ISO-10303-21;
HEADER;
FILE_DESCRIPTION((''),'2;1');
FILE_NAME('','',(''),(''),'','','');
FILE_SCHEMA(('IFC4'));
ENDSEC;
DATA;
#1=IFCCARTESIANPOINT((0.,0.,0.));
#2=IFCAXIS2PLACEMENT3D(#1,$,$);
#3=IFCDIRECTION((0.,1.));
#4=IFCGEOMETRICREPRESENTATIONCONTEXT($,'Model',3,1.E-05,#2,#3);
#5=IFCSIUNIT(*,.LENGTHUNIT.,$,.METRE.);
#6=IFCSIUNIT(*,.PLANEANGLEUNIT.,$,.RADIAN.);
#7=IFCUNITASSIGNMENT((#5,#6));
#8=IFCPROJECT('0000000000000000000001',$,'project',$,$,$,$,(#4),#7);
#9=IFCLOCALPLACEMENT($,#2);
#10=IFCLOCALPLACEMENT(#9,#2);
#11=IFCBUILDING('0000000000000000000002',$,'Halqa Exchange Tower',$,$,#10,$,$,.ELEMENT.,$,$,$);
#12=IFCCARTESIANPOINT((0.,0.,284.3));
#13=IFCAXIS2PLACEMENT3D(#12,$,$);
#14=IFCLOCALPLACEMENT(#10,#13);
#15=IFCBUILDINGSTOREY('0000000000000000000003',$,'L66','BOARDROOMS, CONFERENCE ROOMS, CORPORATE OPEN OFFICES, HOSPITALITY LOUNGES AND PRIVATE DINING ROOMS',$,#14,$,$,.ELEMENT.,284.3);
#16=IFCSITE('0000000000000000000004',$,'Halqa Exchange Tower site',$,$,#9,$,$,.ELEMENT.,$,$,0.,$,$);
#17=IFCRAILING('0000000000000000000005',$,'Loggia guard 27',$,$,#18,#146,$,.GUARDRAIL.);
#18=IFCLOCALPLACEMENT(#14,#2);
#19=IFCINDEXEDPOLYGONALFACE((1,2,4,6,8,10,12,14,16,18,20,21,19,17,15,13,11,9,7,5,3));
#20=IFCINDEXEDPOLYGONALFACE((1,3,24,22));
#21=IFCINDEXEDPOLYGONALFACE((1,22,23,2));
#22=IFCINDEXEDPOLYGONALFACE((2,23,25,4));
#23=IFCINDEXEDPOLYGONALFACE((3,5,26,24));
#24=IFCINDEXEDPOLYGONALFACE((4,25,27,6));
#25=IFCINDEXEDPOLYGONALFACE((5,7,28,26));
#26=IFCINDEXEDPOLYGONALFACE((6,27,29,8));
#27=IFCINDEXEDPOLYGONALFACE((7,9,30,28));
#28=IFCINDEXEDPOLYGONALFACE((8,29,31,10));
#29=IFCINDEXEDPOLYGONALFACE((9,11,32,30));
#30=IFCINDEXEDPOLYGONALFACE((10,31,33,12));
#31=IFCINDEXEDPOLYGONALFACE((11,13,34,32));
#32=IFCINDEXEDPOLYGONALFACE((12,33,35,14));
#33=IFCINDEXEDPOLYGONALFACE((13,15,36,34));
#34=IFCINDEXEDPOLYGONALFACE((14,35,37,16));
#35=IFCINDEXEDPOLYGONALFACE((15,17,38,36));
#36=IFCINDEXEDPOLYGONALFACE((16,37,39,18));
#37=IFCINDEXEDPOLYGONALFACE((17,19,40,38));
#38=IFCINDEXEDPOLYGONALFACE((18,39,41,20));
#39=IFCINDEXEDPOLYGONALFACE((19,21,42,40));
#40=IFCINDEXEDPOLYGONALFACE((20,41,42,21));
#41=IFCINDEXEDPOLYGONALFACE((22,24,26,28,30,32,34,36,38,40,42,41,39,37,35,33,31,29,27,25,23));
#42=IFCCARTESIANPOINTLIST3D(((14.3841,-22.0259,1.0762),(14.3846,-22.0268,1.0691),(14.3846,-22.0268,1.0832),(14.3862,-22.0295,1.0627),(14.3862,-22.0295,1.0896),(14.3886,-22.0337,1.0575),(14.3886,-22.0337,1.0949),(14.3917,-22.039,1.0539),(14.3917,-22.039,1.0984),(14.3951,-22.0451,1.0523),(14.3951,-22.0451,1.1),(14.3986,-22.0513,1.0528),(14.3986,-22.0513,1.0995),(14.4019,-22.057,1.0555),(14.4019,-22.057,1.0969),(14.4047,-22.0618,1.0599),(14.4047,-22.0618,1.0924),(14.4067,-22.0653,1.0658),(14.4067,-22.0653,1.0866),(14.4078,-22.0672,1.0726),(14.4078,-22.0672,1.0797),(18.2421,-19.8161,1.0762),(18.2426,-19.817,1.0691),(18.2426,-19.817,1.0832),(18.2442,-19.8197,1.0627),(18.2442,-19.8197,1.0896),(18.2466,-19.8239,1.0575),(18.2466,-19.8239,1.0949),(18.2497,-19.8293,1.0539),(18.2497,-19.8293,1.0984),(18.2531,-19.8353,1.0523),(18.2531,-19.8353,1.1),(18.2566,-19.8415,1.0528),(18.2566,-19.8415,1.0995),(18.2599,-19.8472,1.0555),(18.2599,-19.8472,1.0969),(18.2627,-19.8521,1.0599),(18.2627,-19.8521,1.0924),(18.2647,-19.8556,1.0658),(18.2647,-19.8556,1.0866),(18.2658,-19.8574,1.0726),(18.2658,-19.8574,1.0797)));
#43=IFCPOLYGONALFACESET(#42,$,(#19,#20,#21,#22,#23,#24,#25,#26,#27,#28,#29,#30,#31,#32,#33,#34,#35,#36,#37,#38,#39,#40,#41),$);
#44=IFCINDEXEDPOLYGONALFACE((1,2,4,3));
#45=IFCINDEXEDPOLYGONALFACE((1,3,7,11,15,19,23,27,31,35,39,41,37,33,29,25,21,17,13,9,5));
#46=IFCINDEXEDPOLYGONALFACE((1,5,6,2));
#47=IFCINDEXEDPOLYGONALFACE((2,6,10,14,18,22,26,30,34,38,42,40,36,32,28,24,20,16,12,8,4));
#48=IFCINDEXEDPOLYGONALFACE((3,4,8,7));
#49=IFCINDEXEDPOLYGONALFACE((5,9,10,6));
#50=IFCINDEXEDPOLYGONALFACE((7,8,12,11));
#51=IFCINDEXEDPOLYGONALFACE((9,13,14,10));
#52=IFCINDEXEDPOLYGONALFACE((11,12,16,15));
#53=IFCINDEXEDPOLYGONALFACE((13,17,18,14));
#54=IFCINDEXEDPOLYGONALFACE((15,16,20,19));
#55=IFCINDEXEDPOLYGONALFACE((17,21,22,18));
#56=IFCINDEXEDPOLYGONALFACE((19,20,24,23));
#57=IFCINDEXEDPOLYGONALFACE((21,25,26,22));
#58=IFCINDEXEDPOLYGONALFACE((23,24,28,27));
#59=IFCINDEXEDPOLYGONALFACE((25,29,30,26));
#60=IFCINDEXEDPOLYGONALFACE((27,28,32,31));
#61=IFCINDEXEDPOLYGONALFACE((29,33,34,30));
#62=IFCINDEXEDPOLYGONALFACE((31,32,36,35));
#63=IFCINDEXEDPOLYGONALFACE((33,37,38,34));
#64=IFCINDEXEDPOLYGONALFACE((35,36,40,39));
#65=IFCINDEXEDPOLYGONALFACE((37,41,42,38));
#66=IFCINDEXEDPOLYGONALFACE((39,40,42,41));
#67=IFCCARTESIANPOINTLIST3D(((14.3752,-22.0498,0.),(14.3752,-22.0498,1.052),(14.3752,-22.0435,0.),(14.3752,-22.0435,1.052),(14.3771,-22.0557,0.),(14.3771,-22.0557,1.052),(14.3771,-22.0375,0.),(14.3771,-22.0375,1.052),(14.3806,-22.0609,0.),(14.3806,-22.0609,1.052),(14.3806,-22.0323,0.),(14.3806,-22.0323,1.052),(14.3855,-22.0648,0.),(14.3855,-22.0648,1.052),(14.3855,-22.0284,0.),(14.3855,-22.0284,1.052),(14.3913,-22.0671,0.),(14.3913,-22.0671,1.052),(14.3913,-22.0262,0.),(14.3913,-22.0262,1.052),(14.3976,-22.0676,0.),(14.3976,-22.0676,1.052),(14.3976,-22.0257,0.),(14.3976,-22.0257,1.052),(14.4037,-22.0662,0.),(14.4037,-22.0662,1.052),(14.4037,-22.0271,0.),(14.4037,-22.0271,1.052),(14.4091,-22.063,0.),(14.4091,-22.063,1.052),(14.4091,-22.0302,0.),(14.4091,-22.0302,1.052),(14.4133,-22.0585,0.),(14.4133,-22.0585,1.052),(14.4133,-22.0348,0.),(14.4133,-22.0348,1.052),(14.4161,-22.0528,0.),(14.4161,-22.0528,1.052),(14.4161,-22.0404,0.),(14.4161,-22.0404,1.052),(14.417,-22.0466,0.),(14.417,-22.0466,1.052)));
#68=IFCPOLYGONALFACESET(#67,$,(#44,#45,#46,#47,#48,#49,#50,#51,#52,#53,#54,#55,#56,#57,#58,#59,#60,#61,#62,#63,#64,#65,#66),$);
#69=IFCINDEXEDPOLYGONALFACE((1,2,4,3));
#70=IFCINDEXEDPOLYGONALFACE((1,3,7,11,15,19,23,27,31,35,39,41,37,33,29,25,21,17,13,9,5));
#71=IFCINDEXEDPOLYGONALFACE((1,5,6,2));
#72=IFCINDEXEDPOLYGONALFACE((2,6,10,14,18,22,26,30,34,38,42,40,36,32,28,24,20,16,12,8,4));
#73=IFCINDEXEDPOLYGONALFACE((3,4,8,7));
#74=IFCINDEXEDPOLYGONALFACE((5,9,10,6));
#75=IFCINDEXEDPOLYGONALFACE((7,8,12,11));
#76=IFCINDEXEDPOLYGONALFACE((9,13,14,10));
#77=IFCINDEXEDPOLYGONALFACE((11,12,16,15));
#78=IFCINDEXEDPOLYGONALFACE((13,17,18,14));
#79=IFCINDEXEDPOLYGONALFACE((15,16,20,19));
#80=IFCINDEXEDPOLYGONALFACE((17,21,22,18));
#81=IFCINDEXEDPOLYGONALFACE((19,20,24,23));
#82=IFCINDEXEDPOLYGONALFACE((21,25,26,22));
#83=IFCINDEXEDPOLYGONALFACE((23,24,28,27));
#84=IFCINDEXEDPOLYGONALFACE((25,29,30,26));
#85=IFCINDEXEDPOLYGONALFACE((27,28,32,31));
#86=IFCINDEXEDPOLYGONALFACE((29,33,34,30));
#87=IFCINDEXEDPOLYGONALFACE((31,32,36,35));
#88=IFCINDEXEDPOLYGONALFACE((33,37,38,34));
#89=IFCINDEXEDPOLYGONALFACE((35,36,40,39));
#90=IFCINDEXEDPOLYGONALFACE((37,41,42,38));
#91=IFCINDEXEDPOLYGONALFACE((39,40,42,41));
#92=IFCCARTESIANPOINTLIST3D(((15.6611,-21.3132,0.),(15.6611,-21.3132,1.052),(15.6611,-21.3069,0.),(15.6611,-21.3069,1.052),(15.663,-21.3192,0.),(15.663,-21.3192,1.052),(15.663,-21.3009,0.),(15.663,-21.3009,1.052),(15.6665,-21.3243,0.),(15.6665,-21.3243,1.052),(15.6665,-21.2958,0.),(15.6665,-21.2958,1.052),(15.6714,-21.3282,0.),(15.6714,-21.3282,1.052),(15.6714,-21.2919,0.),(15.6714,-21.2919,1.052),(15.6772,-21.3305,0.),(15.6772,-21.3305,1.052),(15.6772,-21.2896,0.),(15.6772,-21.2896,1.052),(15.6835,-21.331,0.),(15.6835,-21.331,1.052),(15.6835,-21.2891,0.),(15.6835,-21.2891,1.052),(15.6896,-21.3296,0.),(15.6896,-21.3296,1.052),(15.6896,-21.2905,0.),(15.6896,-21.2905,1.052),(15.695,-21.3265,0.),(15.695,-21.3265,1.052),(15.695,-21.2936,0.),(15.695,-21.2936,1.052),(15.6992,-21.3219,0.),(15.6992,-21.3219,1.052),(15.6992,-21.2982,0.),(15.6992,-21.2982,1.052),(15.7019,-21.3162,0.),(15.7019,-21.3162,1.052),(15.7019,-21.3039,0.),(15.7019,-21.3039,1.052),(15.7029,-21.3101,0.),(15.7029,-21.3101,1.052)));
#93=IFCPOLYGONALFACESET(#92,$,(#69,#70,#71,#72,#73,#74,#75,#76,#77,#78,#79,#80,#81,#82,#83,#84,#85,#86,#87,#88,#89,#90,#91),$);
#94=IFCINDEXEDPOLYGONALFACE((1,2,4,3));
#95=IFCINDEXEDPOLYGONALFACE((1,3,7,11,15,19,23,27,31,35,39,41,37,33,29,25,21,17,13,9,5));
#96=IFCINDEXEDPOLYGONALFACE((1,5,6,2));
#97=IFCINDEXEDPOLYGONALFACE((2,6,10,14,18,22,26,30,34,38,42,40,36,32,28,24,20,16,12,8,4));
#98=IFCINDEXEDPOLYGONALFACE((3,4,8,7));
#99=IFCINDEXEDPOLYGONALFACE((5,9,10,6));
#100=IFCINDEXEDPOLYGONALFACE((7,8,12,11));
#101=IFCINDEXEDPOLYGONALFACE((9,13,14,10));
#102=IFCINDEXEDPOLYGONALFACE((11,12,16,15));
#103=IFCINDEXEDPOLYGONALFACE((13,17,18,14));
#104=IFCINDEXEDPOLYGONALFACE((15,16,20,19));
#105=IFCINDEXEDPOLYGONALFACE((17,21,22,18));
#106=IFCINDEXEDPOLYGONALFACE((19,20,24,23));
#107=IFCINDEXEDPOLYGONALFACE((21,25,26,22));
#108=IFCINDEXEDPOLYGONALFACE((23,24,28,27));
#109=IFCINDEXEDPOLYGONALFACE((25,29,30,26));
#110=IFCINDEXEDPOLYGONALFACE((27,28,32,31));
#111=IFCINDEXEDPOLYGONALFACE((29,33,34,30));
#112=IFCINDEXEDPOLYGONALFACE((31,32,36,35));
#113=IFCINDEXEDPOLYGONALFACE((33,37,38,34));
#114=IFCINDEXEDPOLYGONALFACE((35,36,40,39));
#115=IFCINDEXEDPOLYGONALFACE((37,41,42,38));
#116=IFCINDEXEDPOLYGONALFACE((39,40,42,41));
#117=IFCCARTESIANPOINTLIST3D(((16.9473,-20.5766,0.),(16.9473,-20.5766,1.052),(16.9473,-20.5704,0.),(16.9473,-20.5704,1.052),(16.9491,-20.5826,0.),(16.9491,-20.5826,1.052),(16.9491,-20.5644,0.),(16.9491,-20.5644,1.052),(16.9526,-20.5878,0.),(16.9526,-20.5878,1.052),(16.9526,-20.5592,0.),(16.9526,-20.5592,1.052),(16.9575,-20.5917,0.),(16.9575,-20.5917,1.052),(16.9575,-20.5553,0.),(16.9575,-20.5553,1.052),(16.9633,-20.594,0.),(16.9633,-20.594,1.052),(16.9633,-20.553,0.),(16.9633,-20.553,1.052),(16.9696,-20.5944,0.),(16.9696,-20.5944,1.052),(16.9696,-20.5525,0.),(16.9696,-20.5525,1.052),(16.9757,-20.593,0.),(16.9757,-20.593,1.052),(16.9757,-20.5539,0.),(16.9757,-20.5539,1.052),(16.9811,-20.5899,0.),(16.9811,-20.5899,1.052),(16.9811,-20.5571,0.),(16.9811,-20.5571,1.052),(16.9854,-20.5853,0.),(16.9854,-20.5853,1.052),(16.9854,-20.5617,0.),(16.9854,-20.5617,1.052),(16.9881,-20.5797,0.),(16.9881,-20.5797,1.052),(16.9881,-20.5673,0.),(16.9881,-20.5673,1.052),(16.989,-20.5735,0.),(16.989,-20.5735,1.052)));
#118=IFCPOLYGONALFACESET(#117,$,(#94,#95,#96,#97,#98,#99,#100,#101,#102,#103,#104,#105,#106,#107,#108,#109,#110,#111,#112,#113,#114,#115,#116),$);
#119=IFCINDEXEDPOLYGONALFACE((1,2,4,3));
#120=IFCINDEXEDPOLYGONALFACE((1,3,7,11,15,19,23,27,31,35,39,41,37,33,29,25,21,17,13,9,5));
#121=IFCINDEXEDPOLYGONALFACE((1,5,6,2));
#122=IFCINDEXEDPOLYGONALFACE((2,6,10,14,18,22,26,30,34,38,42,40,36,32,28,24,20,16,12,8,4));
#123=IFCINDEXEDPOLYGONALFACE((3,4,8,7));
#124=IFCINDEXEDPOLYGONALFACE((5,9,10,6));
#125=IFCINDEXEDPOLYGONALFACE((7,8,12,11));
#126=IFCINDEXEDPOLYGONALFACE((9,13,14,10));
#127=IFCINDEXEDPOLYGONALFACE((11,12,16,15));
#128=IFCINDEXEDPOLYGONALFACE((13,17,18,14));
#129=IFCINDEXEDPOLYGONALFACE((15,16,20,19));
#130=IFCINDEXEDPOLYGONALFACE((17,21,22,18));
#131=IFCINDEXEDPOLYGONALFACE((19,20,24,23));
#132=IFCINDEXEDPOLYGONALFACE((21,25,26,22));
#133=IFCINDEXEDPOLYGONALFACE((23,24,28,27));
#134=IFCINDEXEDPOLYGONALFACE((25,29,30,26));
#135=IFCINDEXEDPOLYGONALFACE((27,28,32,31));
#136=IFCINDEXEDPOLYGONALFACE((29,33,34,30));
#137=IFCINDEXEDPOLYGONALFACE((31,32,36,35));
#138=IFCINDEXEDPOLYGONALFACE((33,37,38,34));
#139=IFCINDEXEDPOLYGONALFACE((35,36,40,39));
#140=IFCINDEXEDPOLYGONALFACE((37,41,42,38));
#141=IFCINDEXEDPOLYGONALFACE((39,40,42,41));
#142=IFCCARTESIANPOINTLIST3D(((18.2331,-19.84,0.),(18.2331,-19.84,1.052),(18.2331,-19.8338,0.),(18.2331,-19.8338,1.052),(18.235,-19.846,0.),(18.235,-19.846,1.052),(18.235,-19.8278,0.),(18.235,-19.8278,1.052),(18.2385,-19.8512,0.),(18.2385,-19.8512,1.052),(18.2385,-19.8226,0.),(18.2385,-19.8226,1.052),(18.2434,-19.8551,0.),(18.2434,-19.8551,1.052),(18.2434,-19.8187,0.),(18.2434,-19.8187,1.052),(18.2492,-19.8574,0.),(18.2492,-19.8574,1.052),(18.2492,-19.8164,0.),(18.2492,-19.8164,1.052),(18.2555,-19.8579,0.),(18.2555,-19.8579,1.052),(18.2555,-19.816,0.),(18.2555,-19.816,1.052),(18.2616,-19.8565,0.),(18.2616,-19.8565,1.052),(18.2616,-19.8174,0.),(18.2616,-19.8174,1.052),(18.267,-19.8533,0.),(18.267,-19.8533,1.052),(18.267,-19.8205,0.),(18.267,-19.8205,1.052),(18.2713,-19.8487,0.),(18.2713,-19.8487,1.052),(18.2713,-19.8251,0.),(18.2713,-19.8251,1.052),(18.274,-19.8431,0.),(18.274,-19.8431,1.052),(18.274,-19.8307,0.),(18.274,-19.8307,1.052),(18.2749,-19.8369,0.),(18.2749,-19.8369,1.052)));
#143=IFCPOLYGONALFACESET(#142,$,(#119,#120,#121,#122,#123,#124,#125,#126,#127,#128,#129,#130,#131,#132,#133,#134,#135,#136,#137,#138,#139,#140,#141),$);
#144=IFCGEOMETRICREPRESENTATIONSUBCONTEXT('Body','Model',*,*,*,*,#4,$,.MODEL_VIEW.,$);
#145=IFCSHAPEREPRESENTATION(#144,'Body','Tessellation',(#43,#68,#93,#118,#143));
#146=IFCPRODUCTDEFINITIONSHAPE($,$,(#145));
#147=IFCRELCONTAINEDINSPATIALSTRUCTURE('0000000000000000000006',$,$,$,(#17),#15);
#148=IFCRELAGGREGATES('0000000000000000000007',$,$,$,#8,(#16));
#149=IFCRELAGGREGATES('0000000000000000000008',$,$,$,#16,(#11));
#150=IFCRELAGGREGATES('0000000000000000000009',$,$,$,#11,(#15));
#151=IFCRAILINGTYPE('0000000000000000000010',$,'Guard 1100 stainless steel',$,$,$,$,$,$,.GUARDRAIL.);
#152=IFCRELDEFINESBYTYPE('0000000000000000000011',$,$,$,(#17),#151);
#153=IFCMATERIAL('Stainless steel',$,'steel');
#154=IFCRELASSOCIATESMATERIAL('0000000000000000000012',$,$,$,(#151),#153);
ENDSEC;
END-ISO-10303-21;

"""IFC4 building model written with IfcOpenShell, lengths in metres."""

from ifc_helpers import new_model, si_unit, direction, frame, origin, origin_2d, place, context, subcontext, project, spatial, circle, extrude, material, type_object, element, save


model = new_model("IFC4")

# Units and contexts
model_context = context("Model", 3, precision=1e-05, world=origin(), true_north=direction((0.0, 1.0)))
body_context = subcontext(model_context, "Body", "Model", "MODEL_VIEW")
ifc_project = project(units=[si_unit("LENGTHUNIT", "METRE"), si_unit("PLANEANGLEUNIT", "RADIAN")], contexts=[model_context])

# Site, building, storey
site_placement = place(None, origin())
site = spatial("IfcSite", under=ifc_project, at=site_placement, Name="Halqa Exchange Tower site", CompositionType="ELEMENT", RefElevation=0.0)
building_placement = place(site_placement, origin())
building = spatial("IfcBuilding", under=site, at=building_placement, Name="Halqa Exchange Tower", CompositionType="ELEMENT")
storey_placement = place(building_placement, frame((0.0, 0.0, 284.3)))
storey = spatial("IfcBuildingStorey", under=building, at=storey_placement, Name="L66", Description="BOARDROOMS, CONFERENCE ROOMS, CORPORATE OPEN OFFICES, HOSPITALITY LOUNGES AND PRIVATE DINING ROOMS", CompositionType="ELEMENT", Elevation=284.3)

# Railing
ifc_material_1 = material(Name="Stainless steel", Category="steel")
railing_type = type_object("IfcRailingType", Name="Guard 1100 stainless steel", PredefinedType="GUARDRAIL", material=ifc_material_1)
railing_1_placement = place(storey_placement, frame((14.396, -22.0466, 0.0)))
element("IfcRailing", 1, at=railing_1_placement, inside=storey, type_object=railing_type, Name="Loggia guard 27", PredefinedType="GUARDRAIL", context=body_context, shape_type="SweptSolid", body=[
    extrude(circle(Radius=0.0239, at=origin_2d()), frame((0.0, 0.0, 1.0762), z_axis=(0.867739, 0.49702, 0.0), x_axis=(-0.49702, 0.867739, 0.0)), (0.0, 0.0, 1.0), 4.446),
    extrude(circle(Radius=0.021, at=origin_2d()), origin(), (0.0, 0.0, 1.0), 1.052),
    extrude(circle(Radius=0.021, at=origin_2d()), frame((1.2859, 0.7366, 0.0)), (0.0, 0.0, 1.0), 1.052),
    extrude(circle(Radius=0.021, at=origin_2d()), frame((2.572, 1.4731, 0.0)), (0.0, 0.0, 1.0), 1.052),
    extrude(circle(Radius=0.021, at=origin_2d()), frame((3.8579, 2.2097, 0.0)), (0.0, 0.0, 1.0), 1.052),
])

save(model, "model.ifc")
